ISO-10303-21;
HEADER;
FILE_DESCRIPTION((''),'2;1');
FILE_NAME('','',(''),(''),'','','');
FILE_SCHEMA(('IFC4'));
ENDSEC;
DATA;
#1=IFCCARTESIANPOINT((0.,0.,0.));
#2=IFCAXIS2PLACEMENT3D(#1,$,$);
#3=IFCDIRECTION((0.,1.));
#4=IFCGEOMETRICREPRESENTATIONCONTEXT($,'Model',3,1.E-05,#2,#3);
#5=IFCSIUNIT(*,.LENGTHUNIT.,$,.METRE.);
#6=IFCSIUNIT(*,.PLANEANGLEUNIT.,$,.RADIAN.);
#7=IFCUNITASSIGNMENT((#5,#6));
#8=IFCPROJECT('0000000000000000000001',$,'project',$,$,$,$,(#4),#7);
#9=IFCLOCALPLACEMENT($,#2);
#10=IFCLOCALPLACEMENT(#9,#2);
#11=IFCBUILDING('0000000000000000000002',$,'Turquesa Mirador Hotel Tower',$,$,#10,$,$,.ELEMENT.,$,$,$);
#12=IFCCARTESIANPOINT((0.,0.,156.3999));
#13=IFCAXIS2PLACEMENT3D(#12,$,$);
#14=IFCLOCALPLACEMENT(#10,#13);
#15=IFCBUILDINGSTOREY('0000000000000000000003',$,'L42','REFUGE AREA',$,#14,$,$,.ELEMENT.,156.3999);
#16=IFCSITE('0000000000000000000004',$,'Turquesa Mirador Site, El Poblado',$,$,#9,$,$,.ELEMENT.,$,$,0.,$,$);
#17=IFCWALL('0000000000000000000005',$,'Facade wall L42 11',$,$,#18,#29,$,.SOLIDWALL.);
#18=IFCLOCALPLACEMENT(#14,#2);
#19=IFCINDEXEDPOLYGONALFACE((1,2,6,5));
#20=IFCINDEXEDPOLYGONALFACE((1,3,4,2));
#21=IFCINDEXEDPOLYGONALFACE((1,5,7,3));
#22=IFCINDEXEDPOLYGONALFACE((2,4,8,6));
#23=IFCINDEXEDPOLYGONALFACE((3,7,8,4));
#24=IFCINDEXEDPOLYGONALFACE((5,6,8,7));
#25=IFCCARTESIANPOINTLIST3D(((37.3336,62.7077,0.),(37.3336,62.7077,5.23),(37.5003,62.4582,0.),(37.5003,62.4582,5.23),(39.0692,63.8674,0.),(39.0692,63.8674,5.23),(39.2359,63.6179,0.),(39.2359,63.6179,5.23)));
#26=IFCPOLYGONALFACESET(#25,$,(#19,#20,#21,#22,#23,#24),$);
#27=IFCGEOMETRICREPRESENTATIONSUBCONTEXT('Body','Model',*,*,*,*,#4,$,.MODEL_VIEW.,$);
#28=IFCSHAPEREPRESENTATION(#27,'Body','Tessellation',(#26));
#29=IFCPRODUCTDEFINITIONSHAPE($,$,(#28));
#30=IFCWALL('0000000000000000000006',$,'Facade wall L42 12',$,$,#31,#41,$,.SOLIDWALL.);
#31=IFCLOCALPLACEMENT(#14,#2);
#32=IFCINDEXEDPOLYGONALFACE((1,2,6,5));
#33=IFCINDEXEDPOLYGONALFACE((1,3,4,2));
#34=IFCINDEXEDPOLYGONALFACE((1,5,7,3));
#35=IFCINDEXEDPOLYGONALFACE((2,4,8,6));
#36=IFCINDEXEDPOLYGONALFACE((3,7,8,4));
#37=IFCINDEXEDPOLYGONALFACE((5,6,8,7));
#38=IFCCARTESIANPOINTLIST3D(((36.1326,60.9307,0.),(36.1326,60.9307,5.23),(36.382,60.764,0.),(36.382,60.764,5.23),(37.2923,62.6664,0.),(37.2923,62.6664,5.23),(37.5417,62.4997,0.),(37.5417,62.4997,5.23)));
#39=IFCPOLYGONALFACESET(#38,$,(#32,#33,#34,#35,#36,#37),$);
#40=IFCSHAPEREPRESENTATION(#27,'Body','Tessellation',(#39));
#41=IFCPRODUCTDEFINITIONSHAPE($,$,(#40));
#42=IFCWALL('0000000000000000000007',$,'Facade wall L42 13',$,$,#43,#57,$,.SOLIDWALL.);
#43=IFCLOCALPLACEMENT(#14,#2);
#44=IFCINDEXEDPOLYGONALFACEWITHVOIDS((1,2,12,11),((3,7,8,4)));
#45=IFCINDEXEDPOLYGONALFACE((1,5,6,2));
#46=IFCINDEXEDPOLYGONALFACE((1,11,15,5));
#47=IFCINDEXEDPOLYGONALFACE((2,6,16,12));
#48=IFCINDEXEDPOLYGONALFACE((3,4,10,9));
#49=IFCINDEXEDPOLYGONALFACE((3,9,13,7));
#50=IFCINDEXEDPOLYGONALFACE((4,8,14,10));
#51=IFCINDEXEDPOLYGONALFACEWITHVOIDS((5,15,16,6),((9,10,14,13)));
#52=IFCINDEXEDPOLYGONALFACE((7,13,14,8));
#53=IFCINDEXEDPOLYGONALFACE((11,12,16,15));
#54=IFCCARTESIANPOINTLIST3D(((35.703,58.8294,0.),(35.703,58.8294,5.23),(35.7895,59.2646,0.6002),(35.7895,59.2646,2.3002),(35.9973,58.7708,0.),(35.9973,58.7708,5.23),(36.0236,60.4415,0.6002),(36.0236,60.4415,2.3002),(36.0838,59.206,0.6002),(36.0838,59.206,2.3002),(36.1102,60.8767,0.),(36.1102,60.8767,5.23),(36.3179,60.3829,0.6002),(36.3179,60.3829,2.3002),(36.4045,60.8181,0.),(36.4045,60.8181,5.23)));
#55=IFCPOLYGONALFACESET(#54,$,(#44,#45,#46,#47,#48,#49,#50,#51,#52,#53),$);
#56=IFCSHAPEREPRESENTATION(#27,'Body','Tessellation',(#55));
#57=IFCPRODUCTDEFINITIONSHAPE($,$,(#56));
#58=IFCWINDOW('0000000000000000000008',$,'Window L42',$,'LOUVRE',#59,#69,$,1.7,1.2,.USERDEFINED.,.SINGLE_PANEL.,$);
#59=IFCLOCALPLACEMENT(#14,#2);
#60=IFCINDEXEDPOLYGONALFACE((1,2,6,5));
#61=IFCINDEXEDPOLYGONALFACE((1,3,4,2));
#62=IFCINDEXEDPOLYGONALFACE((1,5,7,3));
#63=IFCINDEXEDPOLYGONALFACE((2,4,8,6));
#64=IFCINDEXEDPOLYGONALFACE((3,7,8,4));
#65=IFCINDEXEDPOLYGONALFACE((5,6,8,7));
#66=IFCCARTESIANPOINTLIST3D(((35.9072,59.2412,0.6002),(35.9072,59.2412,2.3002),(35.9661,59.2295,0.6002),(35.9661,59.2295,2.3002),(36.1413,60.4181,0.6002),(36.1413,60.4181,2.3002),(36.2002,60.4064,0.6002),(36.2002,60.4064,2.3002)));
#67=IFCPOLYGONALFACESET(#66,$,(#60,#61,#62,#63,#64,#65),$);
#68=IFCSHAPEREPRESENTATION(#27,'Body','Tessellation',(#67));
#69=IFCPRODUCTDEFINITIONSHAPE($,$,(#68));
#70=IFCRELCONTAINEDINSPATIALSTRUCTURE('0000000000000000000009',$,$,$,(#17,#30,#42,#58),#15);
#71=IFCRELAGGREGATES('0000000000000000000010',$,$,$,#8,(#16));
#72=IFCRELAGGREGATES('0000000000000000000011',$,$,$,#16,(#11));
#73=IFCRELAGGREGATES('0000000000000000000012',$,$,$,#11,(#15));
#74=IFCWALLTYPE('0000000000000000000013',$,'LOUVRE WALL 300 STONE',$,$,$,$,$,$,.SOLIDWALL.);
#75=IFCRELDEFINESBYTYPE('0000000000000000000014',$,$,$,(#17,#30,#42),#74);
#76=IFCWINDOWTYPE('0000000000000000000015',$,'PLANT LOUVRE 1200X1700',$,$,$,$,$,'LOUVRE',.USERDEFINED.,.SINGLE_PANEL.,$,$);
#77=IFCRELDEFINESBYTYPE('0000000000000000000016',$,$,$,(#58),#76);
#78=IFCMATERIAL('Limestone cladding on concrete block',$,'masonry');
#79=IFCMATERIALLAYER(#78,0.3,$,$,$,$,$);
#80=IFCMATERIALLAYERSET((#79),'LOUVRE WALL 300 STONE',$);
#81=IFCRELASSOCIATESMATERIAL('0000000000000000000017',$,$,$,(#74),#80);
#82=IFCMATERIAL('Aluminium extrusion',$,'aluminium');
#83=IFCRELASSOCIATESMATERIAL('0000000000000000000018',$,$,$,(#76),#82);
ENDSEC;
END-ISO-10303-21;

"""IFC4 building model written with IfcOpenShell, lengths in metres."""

from ifc_helpers import new_model, si_unit, direction, frame, frame_2d, origin, place, context, subcontext, project, spatial, rectangle, extrude, material, layer, layer_set, type_object, element, fill, save


model = new_model("IFC4")

# Units and contexts
model_context = context("Model", 3, precision=1e-05, world=origin(), true_north=direction((0.0, 1.0)))
body_context = subcontext(model_context, "Body", "Model", "MODEL_VIEW")
ifc_project = project(units=[si_unit("LENGTHUNIT", "METRE"), si_unit("PLANEANGLEUNIT", "RADIAN")], contexts=[model_context])

# Site, building, storey
site_placement = place(None, origin())
site = spatial("IfcSite", under=ifc_project, at=site_placement, Name="Turquesa Mirador Site, El Poblado", CompositionType="ELEMENT", RefElevation=0.0)
building_placement = place(site_placement, origin())
building = spatial("IfcBuilding", under=site, at=building_placement, Name="Turquesa Mirador Hotel Tower", CompositionType="ELEMENT")
storey_placement = place(building_placement, frame((0.0, 0.0, 156.3999)))
storey = spatial("IfcBuildingStorey", under=building, at=storey_placement, Name="L42", Description="REFUGE AREA", CompositionType="ELEMENT", Elevation=156.3999)

# Walls
ifc_material_1 = material(Name="Limestone cladding on concrete block", Category="masonry")
ifc_layer_1 = layer(ifc_material_1, 0.3)
ifc_layer_set_1 = layer_set([ifc_layer_1], Name="LOUVRE WALL 300 STONE")
wall_type_1 = type_object("IfcWallType", Name="LOUVRE WALL 300 STONE", PredefinedType="SOLIDWALL", material=ifc_layer_set_1)
for number, where, z_axis, x_axis, name in (
    (1, (39.1526, 63.7427, 0.0), (0.0, 0.0, 1.0), (-0.831474, -0.555564, 0.0), "Facade wall L42 11"),
    (2, (37.417, 62.583, 0.0), (0.0, 0.0, 1.0), (-0.555564, -0.831474, 0.0), "Facade wall L42 12"),
):
    element("IfcWall", number, at=place(storey_placement, frame(where, z_axis=z_axis, x_axis=x_axis)), inside=storey, type_object=wall_type_1, Name=name, PredefinedType="SOLIDWALL", context=body_context, shape_type="SweptSolid", body=[
        extrude(rectangle(XDim=2.0874, YDim=0.3, at=frame_2d((1.0437, 0.0))), origin(), (0.0, 0.0, 1.0), 5.23),
    ])

# Wall, opening, window
wall_1_placement = place(storey_placement, frame((36.2573, 60.8474, 0.0), z_axis=(0.0, 0.0, 1.0), x_axis=(-0.195081, -0.980787, 0.0)))
wall_1 = element("IfcWall", 3, at=wall_1_placement, inside=storey, type_object=wall_type_1, Name="Facade wall L42 13", PredefinedType="SOLIDWALL", context=body_context, shape_type="SweptSolid", body=[
    extrude(rectangle(XDim=2.0874, YDim=0.3, at=frame_2d((1.0437, 0.0))), origin(), (0.0, 0.0, 1.0), 5.23),
])
opening_1_placement = place(wall_1_placement, frame((0.4436, 0.0, 0.6001)))
opening_1 = element("IfcOpeningElement", 4, at=opening_1_placement, cuts=wall_1, PredefinedType="OPENING", context=body_context, shape_type="SweptSolid", body=[
    extrude(rectangle(XDim=1.2, YDim=1.7, at=frame_2d((0.6001, 0.8501))), frame((0.0, 0.1599, 0.0), z_axis=(0.0, -1.0, 0.0), x_axis=(1.0, 0.0, 0.0)), (0.0, 0.0, 1.0), 0.3201),
])
ifc_material_2 = material(Name="Aluminium extrusion", Category="aluminium")
window_type_1 = type_object("IfcWindowType", Name="PLANT LOUVRE 1200X1700", ElementType="LOUVRE", PartitioningType="SINGLE_PANEL", PredefinedType="USERDEFINED", material=ifc_material_2)
window_1_placement = place(opening_1_placement, origin())
window_1 = element("IfcWindow", 5, at=window_1_placement, inside=storey, type_object=window_type_1, Name="Window L42", ObjectType="LOUVRE", OverallHeight=1.7, OverallWidth=1.2, PartitioningType="SINGLE_PANEL", PredefinedType="USERDEFINED", context=body_context, shape_type="SweptSolid", body=[
    extrude(rectangle(XDim=1.2, YDim=1.7, at=frame_2d((0.6001, 0.8501))), frame((0.0, 0.03, 0.0), z_axis=(0.0, -1.0, 0.0), x_axis=(1.0, 0.0, 0.0)), (0.0, 0.0, 1.0), 0.0601),
])
fill(opening_1, window_1)

save(model, "model.ifc")
